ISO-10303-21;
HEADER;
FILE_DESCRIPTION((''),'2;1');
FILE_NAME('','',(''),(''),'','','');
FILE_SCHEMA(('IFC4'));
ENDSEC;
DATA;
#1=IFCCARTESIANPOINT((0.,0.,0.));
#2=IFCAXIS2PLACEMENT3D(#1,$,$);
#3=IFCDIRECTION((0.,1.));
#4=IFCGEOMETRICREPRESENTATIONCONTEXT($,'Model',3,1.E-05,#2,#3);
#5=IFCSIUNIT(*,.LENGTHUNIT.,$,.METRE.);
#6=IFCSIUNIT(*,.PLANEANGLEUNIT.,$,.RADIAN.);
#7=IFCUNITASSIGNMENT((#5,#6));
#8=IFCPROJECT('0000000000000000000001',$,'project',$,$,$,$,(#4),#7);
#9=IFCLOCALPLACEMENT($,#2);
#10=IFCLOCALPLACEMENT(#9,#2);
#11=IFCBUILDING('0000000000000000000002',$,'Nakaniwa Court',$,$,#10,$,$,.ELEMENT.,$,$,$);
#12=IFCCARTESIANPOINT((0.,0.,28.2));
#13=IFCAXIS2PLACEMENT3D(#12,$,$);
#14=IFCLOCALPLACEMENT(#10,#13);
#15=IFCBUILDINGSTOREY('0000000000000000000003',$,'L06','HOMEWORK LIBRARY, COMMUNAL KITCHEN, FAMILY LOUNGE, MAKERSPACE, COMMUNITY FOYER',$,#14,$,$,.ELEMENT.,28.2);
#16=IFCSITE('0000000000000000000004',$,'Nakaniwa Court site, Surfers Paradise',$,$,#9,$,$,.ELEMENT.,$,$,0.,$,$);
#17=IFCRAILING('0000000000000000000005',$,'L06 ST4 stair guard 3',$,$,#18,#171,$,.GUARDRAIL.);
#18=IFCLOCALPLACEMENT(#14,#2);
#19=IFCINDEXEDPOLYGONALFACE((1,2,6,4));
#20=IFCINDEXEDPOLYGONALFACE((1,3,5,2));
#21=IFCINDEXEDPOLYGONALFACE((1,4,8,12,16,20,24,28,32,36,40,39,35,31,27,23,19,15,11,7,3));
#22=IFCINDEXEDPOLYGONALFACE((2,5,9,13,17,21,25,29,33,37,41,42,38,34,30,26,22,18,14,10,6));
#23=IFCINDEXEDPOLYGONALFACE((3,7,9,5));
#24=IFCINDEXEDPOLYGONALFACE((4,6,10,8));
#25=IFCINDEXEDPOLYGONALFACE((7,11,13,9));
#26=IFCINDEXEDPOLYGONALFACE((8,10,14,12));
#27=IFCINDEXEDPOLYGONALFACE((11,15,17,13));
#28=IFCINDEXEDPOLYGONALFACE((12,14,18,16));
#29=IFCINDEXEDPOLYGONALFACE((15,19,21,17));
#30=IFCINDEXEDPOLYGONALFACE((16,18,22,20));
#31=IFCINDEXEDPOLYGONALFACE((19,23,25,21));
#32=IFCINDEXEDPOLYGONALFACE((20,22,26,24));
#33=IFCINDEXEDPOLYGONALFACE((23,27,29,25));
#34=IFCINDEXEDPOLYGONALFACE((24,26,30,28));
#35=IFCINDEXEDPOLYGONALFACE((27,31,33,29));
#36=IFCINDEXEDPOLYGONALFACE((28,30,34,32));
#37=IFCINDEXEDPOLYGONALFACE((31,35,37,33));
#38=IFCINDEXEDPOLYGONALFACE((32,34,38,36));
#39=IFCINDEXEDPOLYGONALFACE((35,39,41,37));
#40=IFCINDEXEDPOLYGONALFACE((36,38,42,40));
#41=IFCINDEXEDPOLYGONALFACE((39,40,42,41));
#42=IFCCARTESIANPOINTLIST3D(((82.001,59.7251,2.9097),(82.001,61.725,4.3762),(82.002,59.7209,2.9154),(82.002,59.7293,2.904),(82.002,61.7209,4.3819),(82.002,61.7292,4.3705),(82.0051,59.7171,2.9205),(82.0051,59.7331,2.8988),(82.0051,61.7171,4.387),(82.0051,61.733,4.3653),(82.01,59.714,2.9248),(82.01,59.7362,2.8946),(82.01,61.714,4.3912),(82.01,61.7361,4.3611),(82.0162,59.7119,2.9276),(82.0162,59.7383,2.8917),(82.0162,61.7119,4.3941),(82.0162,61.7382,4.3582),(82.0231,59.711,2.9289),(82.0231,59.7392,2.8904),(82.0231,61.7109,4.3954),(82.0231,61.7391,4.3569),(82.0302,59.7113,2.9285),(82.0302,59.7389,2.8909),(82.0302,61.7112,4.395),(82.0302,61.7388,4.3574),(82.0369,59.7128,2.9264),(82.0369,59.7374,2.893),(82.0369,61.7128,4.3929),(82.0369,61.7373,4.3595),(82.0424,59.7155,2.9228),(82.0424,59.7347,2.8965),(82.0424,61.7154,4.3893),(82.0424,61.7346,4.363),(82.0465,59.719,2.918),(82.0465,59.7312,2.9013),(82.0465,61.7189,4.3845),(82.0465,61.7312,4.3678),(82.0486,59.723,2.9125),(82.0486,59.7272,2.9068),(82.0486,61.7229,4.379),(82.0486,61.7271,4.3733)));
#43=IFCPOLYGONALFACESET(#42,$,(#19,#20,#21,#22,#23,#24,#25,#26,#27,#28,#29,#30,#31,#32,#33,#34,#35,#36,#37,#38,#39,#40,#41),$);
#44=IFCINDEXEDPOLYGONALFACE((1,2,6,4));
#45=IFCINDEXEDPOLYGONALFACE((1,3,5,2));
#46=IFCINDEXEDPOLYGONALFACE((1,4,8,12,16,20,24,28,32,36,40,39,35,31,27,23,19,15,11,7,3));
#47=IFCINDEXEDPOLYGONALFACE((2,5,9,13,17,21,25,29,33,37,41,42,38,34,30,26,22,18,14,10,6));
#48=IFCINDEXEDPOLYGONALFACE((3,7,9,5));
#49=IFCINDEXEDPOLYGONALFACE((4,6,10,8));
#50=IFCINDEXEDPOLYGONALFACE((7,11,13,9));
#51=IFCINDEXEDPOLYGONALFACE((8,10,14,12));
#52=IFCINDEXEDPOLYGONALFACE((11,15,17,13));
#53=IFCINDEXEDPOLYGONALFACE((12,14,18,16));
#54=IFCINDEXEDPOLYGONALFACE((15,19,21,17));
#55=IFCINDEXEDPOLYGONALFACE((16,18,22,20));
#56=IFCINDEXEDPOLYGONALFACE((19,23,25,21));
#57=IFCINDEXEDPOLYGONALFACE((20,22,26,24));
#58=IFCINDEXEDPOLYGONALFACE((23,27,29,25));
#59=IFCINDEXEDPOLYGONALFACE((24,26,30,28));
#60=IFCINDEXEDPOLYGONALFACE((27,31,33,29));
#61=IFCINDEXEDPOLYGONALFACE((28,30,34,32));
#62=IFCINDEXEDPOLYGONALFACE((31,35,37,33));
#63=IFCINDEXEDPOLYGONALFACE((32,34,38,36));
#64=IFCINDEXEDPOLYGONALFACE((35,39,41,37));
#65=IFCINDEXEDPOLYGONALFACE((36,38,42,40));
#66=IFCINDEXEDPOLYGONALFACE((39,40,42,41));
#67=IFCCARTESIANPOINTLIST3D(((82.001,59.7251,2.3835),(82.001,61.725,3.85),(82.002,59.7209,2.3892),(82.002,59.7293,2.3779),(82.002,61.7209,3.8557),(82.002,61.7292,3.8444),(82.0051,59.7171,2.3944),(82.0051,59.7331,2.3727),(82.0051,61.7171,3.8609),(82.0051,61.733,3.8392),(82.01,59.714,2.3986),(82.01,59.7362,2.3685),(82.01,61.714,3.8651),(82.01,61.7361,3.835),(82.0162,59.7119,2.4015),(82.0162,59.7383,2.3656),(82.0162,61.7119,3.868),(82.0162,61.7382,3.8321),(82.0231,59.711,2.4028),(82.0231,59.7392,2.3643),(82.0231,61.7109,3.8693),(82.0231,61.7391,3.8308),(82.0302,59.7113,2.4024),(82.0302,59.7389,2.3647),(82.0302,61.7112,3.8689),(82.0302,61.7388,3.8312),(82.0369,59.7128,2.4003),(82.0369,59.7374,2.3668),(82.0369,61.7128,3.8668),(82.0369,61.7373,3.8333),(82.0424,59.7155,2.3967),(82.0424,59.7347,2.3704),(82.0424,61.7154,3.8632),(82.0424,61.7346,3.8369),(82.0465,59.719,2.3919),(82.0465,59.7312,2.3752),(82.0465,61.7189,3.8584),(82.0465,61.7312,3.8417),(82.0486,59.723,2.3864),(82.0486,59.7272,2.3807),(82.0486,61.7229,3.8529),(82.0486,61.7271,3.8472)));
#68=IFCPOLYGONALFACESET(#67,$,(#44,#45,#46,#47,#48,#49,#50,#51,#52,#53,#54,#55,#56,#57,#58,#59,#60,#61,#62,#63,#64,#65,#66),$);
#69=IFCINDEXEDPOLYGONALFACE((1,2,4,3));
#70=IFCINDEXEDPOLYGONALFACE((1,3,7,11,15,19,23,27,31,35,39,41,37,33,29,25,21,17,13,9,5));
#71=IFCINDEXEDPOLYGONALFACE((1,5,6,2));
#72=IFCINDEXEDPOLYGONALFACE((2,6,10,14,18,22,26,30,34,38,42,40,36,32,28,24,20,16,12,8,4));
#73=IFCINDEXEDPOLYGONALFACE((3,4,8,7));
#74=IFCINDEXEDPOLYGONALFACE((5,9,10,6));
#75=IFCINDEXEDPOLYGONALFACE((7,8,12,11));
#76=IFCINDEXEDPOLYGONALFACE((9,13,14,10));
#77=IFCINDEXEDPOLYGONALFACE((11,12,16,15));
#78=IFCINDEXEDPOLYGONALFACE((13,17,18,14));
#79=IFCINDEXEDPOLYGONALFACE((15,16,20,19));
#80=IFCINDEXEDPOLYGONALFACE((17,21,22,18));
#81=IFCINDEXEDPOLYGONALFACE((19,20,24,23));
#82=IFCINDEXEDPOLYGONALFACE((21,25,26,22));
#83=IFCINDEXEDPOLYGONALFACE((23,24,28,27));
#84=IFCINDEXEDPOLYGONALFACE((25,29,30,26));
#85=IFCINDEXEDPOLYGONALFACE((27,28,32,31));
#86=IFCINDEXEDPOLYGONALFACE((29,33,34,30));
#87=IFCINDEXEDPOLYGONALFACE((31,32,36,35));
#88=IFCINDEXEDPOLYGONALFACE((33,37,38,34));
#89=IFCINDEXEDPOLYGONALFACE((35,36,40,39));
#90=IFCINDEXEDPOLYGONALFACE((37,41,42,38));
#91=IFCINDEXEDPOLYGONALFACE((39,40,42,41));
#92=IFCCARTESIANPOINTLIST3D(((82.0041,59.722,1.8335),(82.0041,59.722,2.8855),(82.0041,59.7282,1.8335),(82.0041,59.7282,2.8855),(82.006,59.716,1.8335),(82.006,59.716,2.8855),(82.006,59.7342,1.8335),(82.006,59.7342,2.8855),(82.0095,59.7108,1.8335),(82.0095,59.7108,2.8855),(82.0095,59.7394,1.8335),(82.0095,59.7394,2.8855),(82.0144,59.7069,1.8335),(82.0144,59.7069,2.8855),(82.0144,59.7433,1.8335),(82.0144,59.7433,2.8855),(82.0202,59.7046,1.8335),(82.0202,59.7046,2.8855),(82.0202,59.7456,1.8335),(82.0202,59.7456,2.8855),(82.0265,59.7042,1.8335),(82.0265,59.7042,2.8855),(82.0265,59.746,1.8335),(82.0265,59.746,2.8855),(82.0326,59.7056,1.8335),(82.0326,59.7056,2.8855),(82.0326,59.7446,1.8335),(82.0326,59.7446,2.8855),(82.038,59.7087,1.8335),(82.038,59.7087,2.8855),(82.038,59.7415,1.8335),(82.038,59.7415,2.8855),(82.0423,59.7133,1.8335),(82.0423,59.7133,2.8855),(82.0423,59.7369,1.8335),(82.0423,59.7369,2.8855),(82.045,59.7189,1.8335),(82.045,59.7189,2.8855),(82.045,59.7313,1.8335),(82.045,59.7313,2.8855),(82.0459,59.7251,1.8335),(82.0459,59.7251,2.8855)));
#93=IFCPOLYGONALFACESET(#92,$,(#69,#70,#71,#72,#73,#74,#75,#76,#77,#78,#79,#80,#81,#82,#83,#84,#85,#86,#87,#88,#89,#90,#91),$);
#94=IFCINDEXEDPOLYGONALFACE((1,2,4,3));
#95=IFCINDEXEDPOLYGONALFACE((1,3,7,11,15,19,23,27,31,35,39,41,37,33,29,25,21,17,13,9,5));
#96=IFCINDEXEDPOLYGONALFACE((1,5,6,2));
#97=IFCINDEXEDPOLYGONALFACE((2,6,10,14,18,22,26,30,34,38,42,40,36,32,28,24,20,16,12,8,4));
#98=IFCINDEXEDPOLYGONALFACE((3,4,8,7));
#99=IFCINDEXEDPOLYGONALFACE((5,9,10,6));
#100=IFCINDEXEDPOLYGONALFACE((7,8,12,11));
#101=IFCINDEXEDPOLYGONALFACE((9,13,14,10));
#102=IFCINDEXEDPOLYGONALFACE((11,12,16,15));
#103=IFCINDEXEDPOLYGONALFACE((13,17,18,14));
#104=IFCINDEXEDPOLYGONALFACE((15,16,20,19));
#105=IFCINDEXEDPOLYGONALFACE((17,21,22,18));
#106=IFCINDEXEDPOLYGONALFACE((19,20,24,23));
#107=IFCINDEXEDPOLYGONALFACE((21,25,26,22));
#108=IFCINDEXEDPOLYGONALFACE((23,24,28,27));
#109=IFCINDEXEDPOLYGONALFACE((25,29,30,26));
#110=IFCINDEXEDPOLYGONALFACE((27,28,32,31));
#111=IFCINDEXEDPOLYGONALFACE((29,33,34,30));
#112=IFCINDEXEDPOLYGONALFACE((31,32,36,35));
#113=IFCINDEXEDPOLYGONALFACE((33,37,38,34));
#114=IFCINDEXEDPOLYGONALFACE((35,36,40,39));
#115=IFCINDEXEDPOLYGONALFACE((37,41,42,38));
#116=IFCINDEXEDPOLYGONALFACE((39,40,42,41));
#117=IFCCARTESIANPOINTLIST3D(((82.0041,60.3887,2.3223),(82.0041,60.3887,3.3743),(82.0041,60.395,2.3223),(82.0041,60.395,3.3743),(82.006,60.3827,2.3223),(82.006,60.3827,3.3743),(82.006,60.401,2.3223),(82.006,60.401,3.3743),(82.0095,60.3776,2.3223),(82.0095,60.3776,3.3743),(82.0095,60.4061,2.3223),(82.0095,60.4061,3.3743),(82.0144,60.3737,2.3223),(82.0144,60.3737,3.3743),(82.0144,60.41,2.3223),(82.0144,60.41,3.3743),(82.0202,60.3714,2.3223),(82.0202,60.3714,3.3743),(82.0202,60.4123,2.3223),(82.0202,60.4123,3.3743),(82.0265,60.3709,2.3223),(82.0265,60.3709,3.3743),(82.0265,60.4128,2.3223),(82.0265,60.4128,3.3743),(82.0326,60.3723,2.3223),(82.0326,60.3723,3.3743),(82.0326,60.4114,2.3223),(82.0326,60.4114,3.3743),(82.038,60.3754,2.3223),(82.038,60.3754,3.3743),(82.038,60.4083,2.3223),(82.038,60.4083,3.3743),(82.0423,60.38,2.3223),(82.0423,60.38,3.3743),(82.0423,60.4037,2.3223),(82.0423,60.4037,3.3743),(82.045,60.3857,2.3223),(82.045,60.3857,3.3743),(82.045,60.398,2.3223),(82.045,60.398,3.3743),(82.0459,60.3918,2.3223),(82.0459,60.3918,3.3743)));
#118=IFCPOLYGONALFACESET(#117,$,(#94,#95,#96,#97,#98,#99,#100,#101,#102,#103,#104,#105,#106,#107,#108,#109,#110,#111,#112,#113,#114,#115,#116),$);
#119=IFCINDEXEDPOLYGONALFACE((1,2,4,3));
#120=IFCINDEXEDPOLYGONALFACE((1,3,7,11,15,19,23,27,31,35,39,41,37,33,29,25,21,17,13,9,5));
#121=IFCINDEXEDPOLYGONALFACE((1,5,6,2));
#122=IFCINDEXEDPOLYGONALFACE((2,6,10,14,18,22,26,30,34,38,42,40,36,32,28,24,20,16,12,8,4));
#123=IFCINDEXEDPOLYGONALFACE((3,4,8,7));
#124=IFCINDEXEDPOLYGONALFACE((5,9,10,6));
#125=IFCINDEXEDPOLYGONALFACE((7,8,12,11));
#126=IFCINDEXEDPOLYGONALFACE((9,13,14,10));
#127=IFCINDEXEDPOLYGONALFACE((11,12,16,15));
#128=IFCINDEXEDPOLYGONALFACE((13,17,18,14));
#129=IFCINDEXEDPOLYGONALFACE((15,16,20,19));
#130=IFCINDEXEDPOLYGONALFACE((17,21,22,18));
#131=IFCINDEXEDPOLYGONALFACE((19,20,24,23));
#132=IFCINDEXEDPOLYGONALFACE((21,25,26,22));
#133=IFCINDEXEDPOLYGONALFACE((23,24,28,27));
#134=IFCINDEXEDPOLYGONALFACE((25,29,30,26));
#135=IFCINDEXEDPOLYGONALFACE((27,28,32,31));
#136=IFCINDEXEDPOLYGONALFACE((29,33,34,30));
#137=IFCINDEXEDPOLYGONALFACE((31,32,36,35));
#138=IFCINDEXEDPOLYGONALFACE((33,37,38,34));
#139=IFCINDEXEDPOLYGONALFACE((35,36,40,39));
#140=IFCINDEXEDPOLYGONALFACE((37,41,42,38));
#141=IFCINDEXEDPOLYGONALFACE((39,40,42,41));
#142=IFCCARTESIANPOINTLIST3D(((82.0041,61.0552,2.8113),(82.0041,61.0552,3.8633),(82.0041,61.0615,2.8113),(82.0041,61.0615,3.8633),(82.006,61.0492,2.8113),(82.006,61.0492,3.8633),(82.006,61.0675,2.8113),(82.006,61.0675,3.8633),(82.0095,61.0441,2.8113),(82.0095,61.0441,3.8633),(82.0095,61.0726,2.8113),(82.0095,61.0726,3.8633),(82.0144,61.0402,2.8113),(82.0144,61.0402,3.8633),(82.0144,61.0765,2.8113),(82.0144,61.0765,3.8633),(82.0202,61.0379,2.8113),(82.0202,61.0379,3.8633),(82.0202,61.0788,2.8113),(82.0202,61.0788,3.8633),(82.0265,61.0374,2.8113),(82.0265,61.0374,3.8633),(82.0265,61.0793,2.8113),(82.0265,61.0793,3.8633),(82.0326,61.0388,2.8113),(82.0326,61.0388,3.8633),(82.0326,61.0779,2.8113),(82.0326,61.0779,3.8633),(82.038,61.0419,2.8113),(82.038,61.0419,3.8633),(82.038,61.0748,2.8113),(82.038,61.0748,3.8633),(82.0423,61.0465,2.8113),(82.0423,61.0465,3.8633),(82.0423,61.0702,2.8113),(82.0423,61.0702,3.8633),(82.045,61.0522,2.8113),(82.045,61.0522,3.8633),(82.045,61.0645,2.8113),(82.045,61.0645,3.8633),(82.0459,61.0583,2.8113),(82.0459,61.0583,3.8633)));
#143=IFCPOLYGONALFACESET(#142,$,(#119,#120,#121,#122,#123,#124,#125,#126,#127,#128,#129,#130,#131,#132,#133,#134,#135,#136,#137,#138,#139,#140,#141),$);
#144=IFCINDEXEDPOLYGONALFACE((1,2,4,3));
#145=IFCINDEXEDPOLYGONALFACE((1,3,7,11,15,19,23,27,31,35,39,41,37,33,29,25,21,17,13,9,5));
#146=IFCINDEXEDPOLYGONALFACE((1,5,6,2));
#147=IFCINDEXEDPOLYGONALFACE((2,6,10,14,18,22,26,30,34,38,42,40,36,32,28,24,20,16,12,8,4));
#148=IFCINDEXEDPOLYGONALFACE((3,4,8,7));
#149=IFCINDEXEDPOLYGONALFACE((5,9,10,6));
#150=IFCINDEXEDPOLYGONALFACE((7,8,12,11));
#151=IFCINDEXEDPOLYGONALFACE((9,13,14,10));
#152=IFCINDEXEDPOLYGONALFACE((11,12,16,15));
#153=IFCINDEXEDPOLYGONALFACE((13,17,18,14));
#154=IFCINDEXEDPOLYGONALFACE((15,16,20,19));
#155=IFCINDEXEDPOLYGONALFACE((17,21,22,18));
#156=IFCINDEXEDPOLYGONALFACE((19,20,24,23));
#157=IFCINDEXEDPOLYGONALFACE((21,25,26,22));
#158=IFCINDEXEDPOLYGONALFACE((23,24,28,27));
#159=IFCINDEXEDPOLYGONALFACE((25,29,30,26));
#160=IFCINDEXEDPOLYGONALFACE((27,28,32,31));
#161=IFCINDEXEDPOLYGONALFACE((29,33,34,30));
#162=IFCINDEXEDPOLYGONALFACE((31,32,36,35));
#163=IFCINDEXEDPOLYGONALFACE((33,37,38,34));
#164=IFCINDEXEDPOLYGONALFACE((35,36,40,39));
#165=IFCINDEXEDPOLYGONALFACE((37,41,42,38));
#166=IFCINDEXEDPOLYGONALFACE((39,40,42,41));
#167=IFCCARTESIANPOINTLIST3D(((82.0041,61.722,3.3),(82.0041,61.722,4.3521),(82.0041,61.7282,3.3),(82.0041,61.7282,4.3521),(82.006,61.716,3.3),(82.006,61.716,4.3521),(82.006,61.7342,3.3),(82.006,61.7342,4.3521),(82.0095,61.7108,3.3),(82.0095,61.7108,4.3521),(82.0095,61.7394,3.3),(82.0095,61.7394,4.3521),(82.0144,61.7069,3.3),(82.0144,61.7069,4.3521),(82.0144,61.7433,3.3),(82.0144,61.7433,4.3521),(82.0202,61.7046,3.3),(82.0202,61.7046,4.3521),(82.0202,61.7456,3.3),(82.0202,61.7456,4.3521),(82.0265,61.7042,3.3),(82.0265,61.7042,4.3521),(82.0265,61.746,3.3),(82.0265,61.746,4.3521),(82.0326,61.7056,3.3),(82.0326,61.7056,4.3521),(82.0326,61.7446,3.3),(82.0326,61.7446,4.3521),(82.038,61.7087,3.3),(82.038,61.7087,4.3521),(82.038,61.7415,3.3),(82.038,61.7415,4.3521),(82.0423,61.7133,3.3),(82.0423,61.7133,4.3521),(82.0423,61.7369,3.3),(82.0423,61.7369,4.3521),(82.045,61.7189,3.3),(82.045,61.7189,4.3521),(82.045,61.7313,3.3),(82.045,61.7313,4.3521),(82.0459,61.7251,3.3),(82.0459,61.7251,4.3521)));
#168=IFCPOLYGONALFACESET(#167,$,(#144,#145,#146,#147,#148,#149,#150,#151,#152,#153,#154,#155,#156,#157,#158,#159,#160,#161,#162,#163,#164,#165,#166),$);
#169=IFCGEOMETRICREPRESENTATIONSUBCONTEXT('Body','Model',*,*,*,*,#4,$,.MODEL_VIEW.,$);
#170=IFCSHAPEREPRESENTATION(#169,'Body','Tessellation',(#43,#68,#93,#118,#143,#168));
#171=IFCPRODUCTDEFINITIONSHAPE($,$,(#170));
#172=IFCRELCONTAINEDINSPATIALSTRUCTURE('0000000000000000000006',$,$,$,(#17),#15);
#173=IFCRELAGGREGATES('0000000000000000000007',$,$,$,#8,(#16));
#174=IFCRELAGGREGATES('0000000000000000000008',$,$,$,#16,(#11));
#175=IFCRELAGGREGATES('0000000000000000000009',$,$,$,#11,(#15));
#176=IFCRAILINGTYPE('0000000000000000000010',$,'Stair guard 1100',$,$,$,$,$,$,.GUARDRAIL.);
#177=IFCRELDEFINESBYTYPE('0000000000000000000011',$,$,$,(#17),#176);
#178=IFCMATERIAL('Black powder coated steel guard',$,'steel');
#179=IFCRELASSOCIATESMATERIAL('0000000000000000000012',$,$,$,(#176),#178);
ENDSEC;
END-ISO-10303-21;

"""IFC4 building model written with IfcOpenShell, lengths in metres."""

from ifc_helpers import new_model, si_unit, direction, frame, origin, origin_2d, place, context, subcontext, project, spatial, circle, extrude, material, type_object, element, save


model = new_model("IFC4")

# Units and contexts
model_context = context("Model", 3, precision=1e-05, world=origin(), true_north=direction((0.0, 1.0)))
body_context = subcontext(model_context, "Body", "Model", "MODEL_VIEW")
ifc_project = project(units=[si_unit("LENGTHUNIT", "METRE"), si_unit("PLANEANGLEUNIT", "RADIAN")], contexts=[model_context])

# Site, building, storey
site_placement = place(None, origin())
site = spatial("IfcSite", under=ifc_project, at=site_placement, Name="Nakaniwa Court site, Surfers Paradise", CompositionType="ELEMENT", RefElevation=0.0)
building_placement = place(site_placement, origin())
building = spatial("IfcBuilding", under=site, at=building_placement, Name="Nakaniwa Court", CompositionType="ELEMENT")
storey_placement = place(building_placement, frame((0.0, 0.0, 28.2)))
storey = spatial("IfcBuildingStorey", under=building, at=storey_placement, Name="L06", Description="HOMEWORK LIBRARY, COMMUNAL KITCHEN, FAMILY LOUNGE, MAKERSPACE, COMMUNITY FOYER", CompositionType="ELEMENT", Elevation=28.2)

# Railing
ifc_material_1 = material(Name="Black powder coated steel guard", Category="steel")
railing_type_1 = type_object("IfcRailingType", Name="Stair guard 1100", PredefinedType="GUARDRAIL", material=ifc_material_1)
railing_1_placement = place(storey_placement, frame((82.0249, 59.7251, 1.8335)))
element("IfcRailing", 1, at=railing_1_placement, inside=storey, type_object=railing_type_1, Name="L06 ST4 stair guard 3", PredefinedType="GUARDRAIL", context=body_context, shape_type="SweptSolid", body=[
    extrude(circle(Radius=0.0239, at=origin_2d()), frame((0.0, 0.0, 1.0762), z_axis=(0.0, 0.806427, 0.591334), x_axis=(-1.0, 0.0, 0.0)), (0.0, 0.0, 1.0), 2.48),
    extrude(circle(Radius=0.0239, at=origin_2d()), frame((0.0, 0.0, 0.55), z_axis=(0.0, 0.806427, 0.591334), x_axis=(-1.0, 0.0, 0.0)), (0.0, 0.0, 1.0), 2.48),
    extrude(circle(Radius=0.021, at=origin_2d()), origin(), (0.0, 0.0, 1.0), 1.052),
    extrude(circle(Radius=0.021, at=origin_2d()), frame((0.0, 0.6667, 0.4888)), (0.0, 0.0, 1.0), 1.052),
    extrude(circle(Radius=0.021, at=origin_2d()), frame((0.0, 1.3333, 0.9778)), (0.0, 0.0, 1.0), 1.052),
    extrude(circle(Radius=0.021, at=origin_2d()), frame((0.0, 2.0, 1.4666)), (0.0, 0.0, 1.0), 1.052),
])

save(model, "model.ifc")
